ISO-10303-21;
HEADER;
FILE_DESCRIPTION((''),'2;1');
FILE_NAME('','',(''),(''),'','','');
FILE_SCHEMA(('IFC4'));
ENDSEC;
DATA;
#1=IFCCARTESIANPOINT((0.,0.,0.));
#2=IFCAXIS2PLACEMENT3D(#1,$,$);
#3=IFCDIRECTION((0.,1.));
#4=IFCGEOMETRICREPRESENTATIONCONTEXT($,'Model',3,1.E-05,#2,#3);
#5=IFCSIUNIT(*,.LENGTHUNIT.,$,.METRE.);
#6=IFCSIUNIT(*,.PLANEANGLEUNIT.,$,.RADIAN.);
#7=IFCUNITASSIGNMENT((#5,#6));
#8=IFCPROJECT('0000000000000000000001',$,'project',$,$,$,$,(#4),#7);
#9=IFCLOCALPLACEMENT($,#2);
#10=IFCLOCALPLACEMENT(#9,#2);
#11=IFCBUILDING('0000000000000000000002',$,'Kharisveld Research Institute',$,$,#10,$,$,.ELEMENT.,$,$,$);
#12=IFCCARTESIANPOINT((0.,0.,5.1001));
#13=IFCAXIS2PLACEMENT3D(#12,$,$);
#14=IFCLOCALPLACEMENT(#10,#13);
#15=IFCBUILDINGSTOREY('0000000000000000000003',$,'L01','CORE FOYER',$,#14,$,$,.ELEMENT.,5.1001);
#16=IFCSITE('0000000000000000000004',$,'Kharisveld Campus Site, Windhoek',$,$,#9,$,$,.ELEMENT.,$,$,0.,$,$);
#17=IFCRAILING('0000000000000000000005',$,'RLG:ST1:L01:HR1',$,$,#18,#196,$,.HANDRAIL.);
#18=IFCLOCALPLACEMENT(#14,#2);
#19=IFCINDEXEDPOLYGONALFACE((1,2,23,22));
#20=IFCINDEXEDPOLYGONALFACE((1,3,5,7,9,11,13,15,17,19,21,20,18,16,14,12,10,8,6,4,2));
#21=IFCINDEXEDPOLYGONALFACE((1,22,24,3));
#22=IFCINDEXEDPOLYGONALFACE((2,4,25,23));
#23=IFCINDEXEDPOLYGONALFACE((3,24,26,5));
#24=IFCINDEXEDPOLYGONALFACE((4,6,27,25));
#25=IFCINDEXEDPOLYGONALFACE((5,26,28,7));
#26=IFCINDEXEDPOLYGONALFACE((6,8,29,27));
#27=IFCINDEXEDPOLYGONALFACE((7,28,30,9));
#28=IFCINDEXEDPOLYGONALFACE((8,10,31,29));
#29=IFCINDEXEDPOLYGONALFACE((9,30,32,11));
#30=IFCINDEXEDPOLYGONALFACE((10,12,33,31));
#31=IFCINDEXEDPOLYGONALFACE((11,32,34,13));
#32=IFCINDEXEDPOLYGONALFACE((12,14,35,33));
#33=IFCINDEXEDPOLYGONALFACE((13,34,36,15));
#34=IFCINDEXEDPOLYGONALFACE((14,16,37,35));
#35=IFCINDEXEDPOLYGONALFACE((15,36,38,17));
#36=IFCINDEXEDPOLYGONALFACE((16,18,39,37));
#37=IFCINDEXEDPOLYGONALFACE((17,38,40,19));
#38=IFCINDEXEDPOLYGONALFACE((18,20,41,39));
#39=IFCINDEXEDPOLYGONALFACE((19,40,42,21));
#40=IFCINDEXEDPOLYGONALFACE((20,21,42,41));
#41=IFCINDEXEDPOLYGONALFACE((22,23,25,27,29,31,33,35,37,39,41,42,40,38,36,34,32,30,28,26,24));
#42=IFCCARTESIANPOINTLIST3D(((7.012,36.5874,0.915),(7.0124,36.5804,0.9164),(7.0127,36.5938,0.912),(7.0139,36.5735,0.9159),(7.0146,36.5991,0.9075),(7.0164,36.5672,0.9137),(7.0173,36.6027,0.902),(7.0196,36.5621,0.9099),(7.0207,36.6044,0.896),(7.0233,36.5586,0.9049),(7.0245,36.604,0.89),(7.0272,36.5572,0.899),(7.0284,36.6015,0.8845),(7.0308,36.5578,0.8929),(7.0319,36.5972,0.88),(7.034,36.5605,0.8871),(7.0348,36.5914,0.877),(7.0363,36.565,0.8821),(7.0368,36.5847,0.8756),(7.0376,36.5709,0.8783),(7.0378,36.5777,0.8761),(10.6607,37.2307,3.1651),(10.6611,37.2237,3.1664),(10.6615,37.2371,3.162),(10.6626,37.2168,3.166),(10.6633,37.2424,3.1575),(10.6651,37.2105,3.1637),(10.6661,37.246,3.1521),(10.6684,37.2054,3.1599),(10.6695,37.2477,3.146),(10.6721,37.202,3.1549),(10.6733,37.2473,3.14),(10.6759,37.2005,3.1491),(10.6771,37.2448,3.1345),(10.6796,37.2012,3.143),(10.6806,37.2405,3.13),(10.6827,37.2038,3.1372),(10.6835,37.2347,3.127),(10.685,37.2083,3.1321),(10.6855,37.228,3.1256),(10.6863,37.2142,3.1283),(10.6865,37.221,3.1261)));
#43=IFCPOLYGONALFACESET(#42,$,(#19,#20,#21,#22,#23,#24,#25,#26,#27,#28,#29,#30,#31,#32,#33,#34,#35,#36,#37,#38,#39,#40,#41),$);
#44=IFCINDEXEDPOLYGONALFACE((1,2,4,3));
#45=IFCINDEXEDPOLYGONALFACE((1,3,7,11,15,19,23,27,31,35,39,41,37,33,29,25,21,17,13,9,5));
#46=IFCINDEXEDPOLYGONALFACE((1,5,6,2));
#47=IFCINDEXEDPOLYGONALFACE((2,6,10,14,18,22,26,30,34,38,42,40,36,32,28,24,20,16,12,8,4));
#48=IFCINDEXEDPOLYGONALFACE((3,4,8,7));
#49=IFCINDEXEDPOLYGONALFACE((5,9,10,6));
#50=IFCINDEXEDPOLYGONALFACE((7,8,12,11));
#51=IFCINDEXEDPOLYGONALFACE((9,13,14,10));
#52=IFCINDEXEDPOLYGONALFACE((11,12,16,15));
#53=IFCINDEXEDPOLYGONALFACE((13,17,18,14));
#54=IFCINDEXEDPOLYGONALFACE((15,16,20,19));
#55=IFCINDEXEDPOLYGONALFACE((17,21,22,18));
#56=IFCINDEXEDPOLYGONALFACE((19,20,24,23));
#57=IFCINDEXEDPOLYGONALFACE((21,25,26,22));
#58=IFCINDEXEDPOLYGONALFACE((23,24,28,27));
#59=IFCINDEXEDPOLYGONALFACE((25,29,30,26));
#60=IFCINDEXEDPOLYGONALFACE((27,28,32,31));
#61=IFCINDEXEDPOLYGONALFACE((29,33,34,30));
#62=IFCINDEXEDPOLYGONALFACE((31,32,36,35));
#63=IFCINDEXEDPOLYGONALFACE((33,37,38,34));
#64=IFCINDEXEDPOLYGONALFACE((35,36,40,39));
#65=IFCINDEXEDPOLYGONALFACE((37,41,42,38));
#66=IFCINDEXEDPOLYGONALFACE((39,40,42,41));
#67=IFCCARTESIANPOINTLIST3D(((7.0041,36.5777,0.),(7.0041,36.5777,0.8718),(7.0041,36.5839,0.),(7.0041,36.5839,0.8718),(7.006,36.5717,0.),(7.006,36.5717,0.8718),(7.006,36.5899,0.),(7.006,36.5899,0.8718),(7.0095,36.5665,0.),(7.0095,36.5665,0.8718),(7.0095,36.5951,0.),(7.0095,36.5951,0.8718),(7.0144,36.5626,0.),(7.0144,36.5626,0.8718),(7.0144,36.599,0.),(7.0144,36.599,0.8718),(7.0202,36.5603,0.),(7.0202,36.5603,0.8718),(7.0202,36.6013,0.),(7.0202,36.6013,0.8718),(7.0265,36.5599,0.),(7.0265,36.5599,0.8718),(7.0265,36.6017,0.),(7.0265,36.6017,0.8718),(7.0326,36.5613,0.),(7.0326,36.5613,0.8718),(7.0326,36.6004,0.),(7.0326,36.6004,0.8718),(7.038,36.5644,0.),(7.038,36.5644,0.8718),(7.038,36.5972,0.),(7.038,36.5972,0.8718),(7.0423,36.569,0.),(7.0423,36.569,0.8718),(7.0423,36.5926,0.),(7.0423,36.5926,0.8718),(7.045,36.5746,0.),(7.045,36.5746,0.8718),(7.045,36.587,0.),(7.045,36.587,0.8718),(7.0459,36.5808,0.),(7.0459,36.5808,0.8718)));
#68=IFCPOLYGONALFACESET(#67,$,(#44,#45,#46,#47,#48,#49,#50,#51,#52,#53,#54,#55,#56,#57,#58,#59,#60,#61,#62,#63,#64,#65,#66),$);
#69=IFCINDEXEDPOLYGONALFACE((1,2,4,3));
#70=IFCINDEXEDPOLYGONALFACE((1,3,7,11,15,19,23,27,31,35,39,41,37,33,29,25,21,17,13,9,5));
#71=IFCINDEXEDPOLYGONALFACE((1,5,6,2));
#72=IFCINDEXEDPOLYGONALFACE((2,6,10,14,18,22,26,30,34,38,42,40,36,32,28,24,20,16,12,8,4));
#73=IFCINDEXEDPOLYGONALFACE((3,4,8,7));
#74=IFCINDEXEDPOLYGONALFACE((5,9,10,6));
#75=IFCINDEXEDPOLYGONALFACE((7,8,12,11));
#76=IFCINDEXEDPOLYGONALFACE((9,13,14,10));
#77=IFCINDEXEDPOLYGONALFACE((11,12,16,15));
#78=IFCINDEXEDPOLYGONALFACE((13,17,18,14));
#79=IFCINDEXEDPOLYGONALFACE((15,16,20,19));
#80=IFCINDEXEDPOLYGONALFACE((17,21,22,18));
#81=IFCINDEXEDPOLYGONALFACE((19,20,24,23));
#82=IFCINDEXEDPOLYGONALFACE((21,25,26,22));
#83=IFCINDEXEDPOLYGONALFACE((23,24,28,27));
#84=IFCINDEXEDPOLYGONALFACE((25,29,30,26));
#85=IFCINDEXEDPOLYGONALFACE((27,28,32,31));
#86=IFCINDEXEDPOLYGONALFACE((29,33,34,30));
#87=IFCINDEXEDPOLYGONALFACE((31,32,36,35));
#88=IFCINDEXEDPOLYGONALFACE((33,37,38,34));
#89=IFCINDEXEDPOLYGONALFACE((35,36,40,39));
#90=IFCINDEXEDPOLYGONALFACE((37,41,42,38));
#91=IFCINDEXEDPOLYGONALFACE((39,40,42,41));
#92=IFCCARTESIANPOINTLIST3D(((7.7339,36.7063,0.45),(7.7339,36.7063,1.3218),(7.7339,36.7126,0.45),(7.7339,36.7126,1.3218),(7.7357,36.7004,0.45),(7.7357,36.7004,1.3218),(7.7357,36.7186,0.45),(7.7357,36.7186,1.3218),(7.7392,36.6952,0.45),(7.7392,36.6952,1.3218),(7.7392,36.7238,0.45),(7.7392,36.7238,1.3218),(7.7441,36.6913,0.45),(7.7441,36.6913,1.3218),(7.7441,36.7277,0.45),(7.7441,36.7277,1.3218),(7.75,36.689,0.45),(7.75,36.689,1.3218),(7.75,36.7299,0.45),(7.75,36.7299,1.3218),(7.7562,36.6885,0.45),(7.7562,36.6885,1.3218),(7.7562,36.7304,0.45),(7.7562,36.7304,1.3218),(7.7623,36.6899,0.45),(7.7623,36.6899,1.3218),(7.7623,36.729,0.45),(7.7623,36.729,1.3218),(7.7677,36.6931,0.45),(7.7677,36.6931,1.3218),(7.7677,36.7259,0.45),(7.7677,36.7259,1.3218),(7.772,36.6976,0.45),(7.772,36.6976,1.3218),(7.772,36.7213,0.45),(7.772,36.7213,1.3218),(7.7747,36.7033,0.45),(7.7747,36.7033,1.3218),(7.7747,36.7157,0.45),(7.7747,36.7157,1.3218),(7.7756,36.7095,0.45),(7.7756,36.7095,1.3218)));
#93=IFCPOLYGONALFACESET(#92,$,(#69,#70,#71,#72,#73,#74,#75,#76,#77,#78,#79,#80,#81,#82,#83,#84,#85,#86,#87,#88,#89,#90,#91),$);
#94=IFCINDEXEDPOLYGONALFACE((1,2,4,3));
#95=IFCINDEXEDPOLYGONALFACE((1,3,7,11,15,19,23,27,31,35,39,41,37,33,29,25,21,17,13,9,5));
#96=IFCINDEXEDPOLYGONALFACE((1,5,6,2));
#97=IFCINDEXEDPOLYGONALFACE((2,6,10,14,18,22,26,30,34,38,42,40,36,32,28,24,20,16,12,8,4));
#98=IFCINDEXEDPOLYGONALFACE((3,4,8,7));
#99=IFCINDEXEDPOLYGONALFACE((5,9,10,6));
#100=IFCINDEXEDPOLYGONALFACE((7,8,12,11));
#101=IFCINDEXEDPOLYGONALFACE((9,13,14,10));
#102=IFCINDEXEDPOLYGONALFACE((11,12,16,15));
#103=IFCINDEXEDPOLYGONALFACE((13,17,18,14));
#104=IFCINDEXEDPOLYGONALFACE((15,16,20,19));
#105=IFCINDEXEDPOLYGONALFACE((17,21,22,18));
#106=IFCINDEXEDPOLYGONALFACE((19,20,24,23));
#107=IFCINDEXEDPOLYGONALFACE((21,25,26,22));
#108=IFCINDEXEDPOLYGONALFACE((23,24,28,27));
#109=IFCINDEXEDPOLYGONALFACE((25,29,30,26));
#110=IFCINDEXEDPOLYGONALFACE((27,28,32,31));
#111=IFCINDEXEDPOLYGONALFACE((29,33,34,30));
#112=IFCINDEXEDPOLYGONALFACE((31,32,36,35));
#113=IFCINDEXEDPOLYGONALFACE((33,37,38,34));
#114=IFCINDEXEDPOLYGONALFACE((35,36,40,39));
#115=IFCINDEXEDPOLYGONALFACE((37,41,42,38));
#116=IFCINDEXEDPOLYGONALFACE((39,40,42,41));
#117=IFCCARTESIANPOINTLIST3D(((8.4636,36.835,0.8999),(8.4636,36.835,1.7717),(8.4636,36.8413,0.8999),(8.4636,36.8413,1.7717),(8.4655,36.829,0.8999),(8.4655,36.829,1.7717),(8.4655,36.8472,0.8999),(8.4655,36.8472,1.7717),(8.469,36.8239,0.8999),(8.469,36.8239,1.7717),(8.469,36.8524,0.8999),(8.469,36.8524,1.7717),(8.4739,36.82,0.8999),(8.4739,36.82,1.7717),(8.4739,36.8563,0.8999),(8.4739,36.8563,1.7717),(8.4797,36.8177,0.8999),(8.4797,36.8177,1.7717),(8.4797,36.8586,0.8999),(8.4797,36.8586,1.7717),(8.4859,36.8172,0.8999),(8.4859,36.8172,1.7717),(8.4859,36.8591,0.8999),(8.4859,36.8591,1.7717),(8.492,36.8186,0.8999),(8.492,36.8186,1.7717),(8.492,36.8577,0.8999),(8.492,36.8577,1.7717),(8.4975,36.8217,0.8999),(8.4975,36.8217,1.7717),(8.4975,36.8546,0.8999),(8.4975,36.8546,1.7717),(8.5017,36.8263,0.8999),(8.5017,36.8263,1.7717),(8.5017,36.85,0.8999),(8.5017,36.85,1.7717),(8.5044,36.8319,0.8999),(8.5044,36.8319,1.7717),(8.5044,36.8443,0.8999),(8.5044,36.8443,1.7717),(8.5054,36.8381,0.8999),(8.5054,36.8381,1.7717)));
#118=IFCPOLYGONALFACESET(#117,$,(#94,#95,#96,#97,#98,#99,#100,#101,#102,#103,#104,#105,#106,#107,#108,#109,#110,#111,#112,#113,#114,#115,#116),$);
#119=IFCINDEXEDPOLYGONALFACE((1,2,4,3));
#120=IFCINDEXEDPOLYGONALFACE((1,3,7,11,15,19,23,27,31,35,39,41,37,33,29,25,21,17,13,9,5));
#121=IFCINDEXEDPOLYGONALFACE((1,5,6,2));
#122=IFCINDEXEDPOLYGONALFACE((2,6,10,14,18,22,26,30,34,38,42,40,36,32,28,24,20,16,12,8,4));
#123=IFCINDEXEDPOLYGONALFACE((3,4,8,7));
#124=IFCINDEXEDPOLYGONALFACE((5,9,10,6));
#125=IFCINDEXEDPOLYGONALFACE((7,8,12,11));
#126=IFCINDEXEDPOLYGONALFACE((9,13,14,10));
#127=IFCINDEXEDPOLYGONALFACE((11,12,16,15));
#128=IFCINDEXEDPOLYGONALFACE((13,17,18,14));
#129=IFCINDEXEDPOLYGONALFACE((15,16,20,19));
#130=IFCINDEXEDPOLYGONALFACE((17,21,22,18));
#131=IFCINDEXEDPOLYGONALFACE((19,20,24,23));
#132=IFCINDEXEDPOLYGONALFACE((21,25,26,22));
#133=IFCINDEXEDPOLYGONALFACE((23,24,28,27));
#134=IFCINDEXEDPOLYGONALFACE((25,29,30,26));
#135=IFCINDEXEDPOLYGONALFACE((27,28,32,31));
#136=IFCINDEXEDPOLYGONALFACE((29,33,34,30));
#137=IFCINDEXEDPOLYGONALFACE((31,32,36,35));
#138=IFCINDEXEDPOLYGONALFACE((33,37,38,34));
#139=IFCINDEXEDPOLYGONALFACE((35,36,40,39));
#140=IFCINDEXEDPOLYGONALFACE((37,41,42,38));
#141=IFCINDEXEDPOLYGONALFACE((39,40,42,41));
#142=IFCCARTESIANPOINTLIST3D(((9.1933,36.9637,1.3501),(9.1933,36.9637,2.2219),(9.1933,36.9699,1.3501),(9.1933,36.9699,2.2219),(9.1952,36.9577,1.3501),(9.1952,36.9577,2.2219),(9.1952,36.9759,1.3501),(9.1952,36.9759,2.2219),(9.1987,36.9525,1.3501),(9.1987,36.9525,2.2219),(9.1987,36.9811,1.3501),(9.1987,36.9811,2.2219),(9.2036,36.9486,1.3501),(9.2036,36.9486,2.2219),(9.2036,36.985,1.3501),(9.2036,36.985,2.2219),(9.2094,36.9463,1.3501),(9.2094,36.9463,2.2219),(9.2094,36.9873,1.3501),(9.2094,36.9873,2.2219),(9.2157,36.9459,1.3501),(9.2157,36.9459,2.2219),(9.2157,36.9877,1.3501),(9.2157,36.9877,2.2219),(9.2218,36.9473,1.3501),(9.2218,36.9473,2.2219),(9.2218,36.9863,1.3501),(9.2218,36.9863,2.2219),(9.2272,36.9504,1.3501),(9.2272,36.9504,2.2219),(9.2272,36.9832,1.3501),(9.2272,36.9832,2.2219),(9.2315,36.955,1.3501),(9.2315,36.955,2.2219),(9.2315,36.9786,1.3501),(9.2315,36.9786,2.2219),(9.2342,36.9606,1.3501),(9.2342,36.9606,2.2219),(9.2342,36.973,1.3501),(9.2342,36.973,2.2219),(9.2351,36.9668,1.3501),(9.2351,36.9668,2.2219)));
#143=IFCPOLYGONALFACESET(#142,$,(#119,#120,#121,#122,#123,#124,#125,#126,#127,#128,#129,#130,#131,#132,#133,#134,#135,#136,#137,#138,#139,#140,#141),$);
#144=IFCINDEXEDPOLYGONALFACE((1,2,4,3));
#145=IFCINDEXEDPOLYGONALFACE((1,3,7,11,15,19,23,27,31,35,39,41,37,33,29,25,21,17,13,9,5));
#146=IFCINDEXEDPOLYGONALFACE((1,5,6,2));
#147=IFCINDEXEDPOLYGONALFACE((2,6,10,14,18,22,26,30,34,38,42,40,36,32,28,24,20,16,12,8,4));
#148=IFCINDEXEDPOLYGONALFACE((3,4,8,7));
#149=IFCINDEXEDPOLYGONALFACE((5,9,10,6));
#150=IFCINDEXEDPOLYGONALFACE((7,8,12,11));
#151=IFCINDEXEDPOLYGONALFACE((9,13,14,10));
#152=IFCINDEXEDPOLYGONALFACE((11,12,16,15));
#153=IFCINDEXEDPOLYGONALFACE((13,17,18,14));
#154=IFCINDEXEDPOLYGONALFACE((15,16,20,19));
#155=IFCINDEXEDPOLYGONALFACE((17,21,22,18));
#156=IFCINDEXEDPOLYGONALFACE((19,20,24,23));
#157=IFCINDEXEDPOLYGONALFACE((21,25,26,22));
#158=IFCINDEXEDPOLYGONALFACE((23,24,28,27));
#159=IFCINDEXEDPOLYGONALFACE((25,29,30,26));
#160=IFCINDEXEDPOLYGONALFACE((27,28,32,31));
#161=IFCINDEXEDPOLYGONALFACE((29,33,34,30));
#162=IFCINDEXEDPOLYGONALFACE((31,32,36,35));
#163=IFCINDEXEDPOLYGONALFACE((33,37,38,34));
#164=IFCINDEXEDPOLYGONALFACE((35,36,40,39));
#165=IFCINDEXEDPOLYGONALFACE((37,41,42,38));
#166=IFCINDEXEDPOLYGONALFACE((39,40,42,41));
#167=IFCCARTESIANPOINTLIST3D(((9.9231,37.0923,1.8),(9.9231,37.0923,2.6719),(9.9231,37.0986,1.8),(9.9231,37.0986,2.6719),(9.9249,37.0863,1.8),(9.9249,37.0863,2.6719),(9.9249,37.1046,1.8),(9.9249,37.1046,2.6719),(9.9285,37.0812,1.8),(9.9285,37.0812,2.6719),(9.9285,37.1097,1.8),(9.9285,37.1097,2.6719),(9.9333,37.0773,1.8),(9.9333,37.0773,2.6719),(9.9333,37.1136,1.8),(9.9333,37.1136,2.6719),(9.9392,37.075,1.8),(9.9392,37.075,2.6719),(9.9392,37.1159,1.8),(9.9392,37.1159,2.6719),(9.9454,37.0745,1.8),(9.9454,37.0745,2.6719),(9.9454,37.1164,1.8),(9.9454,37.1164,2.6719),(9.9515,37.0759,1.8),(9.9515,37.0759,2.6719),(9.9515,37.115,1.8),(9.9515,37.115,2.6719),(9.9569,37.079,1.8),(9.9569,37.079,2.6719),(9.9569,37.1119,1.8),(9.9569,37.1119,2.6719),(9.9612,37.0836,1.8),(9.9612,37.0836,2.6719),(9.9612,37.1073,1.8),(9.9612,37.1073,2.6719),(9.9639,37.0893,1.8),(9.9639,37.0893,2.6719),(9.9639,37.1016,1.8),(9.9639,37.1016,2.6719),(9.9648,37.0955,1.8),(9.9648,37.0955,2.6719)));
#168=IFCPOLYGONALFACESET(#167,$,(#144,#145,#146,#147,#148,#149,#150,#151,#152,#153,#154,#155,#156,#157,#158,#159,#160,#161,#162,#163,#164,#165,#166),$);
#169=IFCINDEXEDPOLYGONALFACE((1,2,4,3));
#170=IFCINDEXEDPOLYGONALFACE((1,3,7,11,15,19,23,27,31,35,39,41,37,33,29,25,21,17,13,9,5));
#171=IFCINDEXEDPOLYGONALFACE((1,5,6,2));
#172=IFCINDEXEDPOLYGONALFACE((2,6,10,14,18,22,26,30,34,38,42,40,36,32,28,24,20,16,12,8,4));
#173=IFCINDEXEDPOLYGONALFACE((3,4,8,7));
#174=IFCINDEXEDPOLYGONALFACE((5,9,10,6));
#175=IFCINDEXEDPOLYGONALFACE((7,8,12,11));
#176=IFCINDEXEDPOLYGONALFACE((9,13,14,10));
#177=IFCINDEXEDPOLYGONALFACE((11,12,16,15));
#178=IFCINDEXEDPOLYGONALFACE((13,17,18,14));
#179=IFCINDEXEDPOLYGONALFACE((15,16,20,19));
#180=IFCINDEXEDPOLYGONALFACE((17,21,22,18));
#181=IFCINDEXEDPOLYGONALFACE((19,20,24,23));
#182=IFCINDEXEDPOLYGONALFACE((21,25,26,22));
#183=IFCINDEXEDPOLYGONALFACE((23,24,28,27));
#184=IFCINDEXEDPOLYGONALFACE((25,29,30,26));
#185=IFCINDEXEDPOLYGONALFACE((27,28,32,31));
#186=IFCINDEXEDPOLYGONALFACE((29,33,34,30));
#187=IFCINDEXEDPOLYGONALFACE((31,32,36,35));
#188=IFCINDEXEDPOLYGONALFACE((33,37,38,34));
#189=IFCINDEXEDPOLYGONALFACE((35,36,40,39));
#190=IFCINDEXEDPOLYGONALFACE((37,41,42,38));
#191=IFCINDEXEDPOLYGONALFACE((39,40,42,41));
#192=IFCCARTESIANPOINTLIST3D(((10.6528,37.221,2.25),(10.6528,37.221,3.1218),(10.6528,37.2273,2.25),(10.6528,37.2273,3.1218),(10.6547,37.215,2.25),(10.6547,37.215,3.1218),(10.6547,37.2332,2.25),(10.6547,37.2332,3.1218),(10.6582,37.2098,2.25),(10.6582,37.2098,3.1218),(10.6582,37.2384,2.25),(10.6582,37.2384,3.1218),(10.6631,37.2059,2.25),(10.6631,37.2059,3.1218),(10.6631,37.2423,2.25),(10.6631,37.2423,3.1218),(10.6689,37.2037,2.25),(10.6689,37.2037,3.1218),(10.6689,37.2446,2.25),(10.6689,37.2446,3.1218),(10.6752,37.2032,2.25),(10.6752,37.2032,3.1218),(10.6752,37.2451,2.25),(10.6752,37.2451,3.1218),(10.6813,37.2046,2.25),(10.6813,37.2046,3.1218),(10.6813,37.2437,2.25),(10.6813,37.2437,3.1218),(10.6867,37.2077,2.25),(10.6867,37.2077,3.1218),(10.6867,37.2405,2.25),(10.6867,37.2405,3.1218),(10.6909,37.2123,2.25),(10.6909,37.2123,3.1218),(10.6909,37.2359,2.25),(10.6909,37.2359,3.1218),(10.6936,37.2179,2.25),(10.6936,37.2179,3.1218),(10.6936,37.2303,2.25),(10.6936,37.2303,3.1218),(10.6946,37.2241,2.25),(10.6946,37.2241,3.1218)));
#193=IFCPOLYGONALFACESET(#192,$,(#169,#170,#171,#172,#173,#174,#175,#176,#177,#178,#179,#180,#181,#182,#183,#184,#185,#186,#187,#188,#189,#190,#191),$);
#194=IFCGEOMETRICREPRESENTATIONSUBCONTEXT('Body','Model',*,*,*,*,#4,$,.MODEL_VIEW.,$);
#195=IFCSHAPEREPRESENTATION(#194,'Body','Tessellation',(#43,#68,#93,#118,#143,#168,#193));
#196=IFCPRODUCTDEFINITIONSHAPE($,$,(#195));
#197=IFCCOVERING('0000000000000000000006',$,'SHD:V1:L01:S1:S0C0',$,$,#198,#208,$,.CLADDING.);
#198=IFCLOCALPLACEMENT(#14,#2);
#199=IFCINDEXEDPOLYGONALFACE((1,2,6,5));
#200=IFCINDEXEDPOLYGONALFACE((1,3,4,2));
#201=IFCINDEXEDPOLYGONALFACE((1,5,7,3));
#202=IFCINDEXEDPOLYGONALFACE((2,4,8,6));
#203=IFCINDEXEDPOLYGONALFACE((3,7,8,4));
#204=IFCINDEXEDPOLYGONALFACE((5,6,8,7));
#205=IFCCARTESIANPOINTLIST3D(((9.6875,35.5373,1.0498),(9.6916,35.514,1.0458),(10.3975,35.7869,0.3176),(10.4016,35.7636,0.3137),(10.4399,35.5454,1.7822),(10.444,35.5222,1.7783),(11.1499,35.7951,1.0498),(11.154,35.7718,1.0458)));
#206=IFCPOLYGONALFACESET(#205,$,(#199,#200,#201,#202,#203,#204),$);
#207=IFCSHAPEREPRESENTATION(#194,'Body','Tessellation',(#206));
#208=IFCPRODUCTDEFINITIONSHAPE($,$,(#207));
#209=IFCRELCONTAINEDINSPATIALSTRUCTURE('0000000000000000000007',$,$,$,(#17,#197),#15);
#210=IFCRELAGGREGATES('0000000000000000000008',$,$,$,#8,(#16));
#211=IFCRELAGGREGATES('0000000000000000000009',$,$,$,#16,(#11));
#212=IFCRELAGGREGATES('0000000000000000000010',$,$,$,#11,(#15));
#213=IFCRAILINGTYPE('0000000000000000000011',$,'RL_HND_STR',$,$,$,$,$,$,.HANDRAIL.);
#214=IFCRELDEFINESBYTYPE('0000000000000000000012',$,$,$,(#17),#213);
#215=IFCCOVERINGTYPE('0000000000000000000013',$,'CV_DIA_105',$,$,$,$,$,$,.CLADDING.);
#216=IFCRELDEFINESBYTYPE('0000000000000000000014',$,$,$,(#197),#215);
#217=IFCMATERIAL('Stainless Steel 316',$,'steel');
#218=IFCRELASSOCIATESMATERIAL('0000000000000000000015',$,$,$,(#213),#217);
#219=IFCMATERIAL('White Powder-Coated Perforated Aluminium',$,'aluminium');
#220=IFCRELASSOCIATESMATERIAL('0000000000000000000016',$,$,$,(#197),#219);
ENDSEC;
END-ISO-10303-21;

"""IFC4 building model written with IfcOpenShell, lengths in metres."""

from ifc_helpers import new_model, si_unit, direction, frame, origin, origin_2d, place, context, subcontext, project, spatial, polyline, circle, outline, extrude, material, type_object, element, save


model = new_model("IFC4")

# Units and contexts
model_context = context("Model", 3, precision=1e-05, world=origin(), true_north=direction((0.0, 1.0)))
body_context = subcontext(model_context, "Body", "Model", "MODEL_VIEW")
ifc_project = project(units=[si_unit("LENGTHUNIT", "METRE"), si_unit("PLANEANGLEUNIT", "RADIAN")], contexts=[model_context])

# Site, building, storey
site_placement = place(None, origin())
site = spatial("IfcSite", under=ifc_project, at=site_placement, Name="Kharisveld Campus Site, Windhoek", CompositionType="ELEMENT", RefElevation=0.0)
building_placement = place(site_placement, origin())
building = spatial("IfcBuilding", under=site, at=building_placement, Name="Kharisveld Research Institute", CompositionType="ELEMENT")
storey_placement = place(building_placement, frame((0.0, 0.0, 5.1001)))
storey = spatial("IfcBuildingStorey", under=building, at=storey_placement, Name="L01", Description="CORE FOYER", CompositionType="ELEMENT", Elevation=5.1001)

# Railing
ifc_material_1 = material(Name="Stainless Steel 316", Category="steel")
railing_type = type_object("IfcRailingType", Name="RL_HND_STR", PredefinedType="HANDRAIL", material=ifc_material_1)
railing_placement = place(storey_placement, frame((7.0249, 36.5808, 0.0)))
element("IfcRailing", 1, at=railing_placement, inside=storey, type_object=railing_type, Name="RLG:ST1:L01:HR1", PredefinedType="HANDRAIL", context=body_context, shape_type="SweptSolid", body=[
    extrude(circle(Radius=0.0239, at=origin_2d()), frame((0.0, 0.0, 0.896), z_axis=(0.841747, 0.148411, 0.519073), x_axis=(-0.173635, 0.98481, 0.0)), (0.0, 0.0, 1.0), 4.3347),
    extrude(circle(Radius=0.021, at=origin_2d()), origin(), (0.0, 0.0, 1.0), 0.8718),
    extrude(circle(Radius=0.021, at=origin_2d()), frame((0.7297, 0.1287, 0.45)), (0.0, 0.0, 1.0), 0.8718),
    extrude(circle(Radius=0.021, at=origin_2d()), frame((1.4595, 0.2573, 0.8999)), (0.0, 0.0, 1.0), 0.8718),
    extrude(circle(Radius=0.021, at=origin_2d()), frame((2.1892, 0.386, 1.3501)), (0.0, 0.0, 1.0), 0.8718),
    extrude(circle(Radius=0.021, at=origin_2d()), frame((2.9189, 0.5146, 1.8)), (0.0, 0.0, 1.0), 0.8718),
    extrude(circle(Radius=0.021, at=origin_2d()), frame((3.6487, 0.6433, 2.25)), (0.0, 0.0, 1.0), 0.8718),
])

# Covering
ifc_material_2 = material(Name="White Powder-Coated Perforated Aluminium", Category="aluminium")
covering_type = type_object("IfcCoveringType", Name="CV_DIA_105", PredefinedType="CLADDING")
covering_1_placement = place(storey_placement, frame((10.3975, 35.7869, 0.3176), z_axis=(-0.171234, 0.971299, 0.165096), x_axis=(-0.676173, -0.237734, 0.697333)))
element("IfcCovering", 2, at=covering_1_placement, inside=storey, type_object=covering_type, material=ifc_material_2, Name="SHD:V1:L01:S1:S0C0", PredefinedType="CLADDING", context=body_context, shape_type="SweptSolid", body=[
    extrude(outline(polyline([(0.0, 0.0), (1.0499, 0.0), (1.05, 1.0501), (-0.0002, 1.0499), (0.0, 0.0)])), origin(), (0.0, 0.0, -1.0), 0.0239),
])

save(model, "model.ifc")
